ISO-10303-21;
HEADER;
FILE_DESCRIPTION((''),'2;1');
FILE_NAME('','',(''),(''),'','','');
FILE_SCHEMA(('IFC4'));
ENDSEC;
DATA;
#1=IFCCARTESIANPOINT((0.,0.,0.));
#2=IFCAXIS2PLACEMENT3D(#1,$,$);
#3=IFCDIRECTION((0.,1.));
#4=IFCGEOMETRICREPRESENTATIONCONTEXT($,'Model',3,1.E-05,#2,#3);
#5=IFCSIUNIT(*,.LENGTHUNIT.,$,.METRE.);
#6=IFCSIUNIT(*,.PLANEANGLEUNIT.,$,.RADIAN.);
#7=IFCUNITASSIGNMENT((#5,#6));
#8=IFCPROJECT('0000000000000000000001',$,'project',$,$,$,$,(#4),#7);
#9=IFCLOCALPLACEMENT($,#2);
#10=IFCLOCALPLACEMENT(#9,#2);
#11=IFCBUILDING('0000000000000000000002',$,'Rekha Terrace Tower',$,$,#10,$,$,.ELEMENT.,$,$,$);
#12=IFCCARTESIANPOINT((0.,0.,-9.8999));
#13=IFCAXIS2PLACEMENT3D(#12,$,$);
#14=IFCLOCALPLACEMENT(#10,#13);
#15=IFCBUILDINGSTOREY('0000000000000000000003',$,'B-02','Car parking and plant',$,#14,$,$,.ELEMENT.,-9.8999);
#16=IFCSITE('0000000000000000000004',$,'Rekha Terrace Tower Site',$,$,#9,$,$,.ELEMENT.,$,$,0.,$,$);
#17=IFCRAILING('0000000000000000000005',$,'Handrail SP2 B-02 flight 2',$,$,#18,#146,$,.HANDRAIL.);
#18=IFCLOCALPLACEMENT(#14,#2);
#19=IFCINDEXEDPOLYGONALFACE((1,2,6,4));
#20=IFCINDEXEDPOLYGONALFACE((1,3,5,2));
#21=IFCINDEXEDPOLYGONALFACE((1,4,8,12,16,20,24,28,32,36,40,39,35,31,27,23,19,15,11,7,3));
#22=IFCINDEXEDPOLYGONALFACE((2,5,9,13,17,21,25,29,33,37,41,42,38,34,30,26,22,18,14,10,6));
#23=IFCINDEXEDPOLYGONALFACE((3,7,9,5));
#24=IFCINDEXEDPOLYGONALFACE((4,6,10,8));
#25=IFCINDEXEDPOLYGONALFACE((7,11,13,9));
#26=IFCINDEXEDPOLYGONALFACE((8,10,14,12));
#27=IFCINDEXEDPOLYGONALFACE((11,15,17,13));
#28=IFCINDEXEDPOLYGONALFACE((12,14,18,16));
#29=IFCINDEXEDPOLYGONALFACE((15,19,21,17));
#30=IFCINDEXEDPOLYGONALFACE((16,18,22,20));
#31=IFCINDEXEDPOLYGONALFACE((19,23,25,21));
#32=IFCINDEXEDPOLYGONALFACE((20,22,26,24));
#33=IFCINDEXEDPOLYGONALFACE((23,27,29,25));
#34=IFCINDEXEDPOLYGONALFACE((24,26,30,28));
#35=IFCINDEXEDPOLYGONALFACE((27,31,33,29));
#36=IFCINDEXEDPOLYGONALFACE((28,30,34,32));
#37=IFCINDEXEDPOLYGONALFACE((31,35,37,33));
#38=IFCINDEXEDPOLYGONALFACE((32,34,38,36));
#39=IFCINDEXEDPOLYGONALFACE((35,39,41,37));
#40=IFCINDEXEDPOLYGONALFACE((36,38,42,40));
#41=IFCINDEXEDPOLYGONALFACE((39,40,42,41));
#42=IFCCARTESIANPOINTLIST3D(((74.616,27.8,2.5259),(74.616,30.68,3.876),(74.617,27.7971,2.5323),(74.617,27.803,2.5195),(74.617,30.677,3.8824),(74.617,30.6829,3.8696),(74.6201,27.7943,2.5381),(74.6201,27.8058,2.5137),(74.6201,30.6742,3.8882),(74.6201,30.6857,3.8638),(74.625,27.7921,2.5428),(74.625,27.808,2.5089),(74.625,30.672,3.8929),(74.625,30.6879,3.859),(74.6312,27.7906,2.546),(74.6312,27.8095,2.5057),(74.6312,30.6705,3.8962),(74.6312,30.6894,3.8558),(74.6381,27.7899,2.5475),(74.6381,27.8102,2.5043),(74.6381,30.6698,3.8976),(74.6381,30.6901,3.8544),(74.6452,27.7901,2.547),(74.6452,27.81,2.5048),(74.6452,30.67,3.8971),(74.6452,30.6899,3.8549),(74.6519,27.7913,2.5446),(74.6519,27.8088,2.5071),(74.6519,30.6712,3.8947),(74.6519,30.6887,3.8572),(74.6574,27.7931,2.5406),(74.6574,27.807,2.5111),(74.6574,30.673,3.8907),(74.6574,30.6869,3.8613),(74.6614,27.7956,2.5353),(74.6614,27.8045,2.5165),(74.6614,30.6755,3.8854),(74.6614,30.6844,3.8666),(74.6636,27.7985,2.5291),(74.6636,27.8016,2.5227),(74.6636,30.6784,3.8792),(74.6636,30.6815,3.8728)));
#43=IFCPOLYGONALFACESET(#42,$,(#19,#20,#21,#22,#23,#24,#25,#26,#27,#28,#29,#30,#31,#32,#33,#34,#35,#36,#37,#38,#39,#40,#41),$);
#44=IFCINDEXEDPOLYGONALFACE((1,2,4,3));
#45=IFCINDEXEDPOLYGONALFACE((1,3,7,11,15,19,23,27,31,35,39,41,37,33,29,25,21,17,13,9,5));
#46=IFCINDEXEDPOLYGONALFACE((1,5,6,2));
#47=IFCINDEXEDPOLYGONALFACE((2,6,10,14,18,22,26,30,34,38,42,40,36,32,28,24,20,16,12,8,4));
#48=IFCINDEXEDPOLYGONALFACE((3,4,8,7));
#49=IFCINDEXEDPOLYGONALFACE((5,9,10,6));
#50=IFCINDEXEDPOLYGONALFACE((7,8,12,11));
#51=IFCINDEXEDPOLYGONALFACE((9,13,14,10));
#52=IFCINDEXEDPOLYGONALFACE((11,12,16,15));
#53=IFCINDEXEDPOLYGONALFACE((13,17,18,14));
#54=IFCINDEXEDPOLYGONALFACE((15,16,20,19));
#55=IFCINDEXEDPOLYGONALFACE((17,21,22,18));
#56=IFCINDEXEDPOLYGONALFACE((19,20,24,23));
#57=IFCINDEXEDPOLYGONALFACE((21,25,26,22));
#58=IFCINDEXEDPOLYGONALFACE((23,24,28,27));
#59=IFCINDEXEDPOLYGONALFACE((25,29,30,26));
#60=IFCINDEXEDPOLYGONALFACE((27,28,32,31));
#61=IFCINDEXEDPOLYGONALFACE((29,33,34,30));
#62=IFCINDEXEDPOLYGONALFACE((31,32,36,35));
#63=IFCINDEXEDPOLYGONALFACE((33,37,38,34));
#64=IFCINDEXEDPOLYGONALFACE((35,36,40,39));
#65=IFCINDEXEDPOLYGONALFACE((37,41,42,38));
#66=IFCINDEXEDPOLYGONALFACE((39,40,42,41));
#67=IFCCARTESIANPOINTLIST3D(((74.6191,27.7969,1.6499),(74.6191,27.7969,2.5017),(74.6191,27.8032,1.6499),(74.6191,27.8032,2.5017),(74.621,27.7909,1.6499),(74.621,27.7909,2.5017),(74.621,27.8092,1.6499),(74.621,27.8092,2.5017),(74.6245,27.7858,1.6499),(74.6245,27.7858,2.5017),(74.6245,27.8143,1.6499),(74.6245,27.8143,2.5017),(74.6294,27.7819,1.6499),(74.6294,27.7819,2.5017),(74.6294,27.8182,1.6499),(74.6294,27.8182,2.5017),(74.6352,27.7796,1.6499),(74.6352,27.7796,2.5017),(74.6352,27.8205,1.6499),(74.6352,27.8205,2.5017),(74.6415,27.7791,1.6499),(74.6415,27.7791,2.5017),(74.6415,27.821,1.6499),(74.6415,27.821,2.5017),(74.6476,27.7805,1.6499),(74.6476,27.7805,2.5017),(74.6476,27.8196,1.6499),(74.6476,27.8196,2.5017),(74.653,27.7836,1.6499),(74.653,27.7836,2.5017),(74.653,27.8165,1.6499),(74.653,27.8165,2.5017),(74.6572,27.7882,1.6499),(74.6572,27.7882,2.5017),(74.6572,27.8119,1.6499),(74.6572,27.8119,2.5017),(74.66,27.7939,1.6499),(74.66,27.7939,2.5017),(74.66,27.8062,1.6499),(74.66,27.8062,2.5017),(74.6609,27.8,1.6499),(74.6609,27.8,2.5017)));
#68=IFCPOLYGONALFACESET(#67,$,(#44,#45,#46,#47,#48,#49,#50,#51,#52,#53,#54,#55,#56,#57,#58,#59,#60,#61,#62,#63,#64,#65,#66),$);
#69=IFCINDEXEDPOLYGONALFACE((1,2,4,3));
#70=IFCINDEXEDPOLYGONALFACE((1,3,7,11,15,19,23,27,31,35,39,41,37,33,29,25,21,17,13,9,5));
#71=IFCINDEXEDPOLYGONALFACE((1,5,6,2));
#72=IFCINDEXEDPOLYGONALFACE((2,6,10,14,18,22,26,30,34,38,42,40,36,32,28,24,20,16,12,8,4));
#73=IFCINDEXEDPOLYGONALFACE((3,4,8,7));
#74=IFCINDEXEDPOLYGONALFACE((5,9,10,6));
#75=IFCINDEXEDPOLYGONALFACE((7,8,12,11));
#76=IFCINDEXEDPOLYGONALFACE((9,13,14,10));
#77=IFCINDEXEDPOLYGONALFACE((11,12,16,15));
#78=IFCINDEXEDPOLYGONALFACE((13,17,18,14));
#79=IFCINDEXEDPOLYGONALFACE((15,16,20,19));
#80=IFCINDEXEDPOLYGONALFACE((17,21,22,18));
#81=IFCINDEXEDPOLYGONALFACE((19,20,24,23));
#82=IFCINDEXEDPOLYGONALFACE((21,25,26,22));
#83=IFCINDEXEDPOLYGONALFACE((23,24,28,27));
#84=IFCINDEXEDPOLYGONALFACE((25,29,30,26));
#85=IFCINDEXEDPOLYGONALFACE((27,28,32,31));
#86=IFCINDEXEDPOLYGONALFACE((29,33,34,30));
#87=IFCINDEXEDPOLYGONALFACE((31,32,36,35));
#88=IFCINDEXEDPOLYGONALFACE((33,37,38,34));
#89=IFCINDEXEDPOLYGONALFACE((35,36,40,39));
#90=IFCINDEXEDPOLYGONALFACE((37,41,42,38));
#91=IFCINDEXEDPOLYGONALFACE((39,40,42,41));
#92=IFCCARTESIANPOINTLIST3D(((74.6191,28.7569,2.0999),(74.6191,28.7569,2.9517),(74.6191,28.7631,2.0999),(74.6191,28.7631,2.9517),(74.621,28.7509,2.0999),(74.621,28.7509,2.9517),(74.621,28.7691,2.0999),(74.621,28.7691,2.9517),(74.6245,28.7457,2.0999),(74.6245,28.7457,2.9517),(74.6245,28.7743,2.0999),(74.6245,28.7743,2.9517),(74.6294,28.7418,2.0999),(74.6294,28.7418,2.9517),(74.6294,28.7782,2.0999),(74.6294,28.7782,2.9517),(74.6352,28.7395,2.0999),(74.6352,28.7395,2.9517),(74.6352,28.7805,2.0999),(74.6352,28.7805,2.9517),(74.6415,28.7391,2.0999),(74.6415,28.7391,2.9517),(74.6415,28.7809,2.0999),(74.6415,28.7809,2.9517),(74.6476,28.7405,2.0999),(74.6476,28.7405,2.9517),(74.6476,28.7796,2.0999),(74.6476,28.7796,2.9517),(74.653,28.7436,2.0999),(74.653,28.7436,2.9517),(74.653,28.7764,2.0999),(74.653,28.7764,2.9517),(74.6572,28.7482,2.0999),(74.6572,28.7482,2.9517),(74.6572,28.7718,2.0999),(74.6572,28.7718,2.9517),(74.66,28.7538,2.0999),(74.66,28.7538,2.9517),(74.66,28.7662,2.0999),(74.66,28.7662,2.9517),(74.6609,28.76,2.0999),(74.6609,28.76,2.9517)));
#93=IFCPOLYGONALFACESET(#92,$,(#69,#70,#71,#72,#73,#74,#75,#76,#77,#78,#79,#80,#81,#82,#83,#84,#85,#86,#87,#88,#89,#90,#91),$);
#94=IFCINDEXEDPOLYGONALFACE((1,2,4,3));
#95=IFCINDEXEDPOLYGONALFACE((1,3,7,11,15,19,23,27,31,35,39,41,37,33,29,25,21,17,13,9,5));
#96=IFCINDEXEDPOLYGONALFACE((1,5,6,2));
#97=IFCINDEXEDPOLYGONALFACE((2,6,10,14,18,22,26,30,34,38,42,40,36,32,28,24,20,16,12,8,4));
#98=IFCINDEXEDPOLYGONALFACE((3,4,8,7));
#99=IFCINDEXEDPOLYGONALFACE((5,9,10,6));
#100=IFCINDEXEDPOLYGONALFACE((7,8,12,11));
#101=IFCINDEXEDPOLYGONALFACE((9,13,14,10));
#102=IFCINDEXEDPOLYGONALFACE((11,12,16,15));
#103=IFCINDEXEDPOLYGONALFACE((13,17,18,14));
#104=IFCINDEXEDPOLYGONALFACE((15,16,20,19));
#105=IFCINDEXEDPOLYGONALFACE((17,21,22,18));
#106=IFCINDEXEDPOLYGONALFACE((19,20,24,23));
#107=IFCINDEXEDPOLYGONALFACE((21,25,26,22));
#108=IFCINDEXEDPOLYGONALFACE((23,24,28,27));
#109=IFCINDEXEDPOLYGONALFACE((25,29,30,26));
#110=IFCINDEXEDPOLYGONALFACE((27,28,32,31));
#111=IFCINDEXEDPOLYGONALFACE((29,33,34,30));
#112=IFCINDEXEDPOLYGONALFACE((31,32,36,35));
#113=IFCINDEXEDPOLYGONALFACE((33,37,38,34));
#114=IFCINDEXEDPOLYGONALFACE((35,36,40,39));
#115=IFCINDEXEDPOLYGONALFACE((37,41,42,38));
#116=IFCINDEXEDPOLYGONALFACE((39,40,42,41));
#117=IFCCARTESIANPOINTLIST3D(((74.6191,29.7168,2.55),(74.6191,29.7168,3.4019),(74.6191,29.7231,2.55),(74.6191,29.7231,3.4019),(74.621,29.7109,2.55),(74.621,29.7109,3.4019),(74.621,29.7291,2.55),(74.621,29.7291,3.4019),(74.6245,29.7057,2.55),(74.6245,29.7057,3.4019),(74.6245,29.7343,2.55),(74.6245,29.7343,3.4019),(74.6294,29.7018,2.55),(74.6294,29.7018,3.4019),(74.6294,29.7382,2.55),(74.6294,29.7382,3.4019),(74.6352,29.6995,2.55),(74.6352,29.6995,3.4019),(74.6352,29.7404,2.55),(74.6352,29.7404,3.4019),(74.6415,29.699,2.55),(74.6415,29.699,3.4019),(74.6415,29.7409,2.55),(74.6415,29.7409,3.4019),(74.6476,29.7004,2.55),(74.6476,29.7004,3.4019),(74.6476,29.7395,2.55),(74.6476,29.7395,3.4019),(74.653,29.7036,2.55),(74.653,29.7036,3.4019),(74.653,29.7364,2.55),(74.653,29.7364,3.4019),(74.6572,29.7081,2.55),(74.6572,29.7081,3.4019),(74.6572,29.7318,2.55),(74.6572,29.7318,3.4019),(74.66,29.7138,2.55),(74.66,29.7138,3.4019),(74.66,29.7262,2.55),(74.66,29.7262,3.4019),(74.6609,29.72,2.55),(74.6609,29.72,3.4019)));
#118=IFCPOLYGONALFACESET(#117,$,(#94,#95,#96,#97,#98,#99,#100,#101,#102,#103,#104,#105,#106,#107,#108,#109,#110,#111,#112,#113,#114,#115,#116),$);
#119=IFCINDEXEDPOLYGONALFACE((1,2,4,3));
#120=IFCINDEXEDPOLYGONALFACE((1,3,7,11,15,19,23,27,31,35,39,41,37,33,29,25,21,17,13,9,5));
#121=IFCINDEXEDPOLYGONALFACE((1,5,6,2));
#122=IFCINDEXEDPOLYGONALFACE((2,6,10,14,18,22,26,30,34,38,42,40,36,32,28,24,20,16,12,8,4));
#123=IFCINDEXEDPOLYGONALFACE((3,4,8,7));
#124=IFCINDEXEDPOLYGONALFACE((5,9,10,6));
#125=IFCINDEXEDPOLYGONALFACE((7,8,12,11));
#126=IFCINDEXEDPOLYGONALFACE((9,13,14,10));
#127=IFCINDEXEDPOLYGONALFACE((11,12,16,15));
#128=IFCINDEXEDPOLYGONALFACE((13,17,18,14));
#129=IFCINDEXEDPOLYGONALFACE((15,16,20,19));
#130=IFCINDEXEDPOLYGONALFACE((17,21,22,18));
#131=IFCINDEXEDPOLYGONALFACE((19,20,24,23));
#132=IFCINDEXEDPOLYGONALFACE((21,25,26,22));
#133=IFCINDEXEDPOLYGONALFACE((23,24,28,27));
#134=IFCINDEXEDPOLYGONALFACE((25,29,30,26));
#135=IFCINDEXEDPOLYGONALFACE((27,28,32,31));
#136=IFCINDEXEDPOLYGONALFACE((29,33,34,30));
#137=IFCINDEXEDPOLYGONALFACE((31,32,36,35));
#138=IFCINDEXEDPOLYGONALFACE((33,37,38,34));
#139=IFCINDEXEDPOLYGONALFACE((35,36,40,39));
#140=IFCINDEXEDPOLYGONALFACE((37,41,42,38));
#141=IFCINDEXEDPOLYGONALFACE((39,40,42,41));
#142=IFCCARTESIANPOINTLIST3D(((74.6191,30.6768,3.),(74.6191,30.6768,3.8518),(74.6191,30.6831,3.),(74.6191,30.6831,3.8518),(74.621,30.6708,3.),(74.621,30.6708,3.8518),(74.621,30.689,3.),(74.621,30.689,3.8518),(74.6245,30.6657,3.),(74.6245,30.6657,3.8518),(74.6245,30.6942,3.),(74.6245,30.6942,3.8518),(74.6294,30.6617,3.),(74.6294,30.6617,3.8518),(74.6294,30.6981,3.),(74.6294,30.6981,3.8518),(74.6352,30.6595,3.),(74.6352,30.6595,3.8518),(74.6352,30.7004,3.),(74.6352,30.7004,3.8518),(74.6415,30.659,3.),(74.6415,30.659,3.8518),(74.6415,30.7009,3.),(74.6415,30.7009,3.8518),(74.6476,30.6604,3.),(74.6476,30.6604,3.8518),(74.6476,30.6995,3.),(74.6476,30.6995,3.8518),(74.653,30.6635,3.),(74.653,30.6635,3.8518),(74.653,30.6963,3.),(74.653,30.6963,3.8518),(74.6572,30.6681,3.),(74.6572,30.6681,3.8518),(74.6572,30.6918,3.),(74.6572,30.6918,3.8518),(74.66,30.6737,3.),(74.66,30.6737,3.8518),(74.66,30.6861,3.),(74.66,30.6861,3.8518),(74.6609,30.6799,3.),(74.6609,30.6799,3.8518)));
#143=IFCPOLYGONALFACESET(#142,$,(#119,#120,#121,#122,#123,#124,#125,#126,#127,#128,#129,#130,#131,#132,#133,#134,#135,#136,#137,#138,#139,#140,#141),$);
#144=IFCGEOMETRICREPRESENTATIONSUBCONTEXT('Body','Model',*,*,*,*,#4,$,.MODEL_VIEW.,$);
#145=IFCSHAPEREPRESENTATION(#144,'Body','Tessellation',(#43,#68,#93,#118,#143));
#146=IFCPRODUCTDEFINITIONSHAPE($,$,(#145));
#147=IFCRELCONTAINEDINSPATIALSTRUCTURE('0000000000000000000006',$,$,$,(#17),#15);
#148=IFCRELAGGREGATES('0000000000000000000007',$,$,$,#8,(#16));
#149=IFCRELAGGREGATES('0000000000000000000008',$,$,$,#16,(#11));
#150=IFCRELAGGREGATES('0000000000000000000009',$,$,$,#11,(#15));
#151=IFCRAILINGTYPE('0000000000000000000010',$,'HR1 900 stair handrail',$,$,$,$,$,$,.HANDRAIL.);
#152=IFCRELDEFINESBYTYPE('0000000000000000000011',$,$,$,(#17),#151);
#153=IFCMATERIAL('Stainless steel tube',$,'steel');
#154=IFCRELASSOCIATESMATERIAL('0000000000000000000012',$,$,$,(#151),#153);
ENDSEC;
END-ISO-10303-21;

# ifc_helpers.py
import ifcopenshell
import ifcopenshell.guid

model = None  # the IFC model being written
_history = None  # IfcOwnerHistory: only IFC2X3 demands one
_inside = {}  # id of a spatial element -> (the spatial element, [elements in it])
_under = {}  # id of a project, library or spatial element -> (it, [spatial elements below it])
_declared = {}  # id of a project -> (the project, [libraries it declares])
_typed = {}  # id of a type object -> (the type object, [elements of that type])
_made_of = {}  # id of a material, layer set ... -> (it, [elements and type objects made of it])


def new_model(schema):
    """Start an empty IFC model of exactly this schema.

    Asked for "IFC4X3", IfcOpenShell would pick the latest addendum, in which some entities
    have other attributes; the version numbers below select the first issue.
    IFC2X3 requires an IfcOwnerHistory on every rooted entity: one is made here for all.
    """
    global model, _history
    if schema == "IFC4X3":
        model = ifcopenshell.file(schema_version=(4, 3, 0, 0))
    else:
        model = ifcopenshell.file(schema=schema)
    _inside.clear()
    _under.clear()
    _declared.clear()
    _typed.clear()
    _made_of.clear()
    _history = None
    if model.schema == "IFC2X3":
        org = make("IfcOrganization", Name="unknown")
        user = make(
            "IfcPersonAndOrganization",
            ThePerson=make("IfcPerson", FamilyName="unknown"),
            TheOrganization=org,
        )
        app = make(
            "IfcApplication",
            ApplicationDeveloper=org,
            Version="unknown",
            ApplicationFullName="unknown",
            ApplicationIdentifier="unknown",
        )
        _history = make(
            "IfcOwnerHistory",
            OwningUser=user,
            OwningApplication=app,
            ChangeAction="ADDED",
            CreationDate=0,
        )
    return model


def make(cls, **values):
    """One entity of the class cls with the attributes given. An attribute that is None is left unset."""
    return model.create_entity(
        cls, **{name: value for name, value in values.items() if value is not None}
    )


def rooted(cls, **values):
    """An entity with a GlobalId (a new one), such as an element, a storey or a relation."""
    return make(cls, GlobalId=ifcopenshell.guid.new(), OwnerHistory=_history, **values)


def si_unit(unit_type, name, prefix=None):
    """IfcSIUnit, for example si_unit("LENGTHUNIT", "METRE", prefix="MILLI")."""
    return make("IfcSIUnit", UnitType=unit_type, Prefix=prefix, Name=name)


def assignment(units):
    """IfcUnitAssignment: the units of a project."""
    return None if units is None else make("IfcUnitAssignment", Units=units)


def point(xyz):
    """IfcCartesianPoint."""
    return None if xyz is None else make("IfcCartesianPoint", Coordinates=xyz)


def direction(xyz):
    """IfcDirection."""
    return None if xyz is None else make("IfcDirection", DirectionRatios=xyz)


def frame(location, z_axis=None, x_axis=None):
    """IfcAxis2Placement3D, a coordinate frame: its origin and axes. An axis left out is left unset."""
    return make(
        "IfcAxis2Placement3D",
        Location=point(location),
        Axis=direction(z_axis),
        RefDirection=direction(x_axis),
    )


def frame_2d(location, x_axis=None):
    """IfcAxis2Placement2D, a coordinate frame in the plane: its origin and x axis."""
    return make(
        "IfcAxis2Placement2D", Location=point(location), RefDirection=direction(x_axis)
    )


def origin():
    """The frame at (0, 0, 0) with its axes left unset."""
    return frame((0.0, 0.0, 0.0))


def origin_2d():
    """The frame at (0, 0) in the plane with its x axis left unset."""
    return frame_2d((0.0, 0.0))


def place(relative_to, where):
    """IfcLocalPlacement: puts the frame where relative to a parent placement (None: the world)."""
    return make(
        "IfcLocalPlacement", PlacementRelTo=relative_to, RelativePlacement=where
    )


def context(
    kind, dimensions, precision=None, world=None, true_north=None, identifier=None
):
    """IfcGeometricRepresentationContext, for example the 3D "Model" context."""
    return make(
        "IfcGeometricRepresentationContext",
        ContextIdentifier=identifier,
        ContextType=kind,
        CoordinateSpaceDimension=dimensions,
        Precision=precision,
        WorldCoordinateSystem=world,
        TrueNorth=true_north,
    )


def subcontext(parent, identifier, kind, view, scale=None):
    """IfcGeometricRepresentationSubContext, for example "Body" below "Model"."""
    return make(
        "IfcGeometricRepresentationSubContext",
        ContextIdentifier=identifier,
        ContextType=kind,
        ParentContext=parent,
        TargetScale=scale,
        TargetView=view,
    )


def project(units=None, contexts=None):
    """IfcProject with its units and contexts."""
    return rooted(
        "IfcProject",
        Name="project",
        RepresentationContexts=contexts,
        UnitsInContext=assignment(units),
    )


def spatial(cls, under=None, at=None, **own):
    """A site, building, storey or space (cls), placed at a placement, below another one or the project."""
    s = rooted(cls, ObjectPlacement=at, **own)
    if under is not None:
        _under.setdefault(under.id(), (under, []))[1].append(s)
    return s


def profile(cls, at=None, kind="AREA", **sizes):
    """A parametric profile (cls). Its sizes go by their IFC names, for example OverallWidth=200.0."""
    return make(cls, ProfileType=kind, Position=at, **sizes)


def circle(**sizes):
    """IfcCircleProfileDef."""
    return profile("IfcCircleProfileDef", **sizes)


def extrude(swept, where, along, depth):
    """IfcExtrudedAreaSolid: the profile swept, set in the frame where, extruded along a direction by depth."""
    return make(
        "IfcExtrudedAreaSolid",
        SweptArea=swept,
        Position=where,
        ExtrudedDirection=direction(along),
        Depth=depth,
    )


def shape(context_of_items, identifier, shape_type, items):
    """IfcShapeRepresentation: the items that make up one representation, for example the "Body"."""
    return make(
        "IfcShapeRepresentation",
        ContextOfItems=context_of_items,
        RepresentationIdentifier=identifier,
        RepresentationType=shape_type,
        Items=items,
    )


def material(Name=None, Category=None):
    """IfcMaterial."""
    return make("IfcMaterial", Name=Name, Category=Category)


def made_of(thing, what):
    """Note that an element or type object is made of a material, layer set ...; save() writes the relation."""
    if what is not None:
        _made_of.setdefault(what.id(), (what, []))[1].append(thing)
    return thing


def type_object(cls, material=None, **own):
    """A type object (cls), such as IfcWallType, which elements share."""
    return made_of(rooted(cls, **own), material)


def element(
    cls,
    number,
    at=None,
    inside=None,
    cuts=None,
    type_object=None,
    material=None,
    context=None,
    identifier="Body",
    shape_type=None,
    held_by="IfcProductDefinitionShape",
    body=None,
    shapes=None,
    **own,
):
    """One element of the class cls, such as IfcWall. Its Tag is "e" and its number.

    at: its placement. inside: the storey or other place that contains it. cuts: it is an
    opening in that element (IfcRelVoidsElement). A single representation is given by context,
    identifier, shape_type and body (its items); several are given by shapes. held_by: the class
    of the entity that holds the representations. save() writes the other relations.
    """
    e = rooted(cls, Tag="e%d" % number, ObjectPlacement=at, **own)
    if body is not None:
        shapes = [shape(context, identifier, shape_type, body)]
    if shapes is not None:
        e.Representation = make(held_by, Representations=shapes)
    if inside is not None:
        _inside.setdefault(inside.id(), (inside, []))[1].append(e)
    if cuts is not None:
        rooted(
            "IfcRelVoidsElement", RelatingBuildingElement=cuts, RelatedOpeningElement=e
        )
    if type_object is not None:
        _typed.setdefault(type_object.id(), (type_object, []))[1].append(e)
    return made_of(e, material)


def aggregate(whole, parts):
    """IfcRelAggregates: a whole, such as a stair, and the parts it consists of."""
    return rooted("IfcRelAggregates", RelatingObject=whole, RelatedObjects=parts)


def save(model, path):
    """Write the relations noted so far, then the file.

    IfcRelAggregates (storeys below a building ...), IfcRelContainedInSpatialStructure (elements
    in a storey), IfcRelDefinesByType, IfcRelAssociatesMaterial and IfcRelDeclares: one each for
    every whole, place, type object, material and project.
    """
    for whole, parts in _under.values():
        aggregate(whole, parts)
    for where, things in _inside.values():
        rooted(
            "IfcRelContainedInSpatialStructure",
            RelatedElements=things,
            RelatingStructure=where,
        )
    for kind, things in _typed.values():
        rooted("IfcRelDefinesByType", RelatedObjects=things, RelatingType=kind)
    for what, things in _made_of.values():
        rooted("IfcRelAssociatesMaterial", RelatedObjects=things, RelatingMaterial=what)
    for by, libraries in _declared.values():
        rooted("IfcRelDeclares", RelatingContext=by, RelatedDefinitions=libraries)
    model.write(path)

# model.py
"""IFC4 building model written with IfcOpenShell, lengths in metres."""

from ifc_helpers import new_model, si_unit, direction, frame, origin, origin_2d, place, context, subcontext, project, spatial, circle, extrude, material, type_object, element, save


model = new_model("IFC4")

# Units and contexts
model_context = context("Model", 3, precision=1e-05, world=origin(), true_north=direction((0.0, 1.0)))
body_context = subcontext(model_context, "Body", "Model", "MODEL_VIEW")
ifc_project = project(units=[si_unit("LENGTHUNIT", "METRE"), si_unit("PLANEANGLEUNIT", "RADIAN")], contexts=[model_context])

# Site, building, storey
site_placement = place(None, origin())
site = spatial("IfcSite", under=ifc_project, at=site_placement, Name="Rekha Terrace Tower Site", CompositionType="ELEMENT", RefElevation=0.0)
building_placement = place(site_placement, origin())
building = spatial("IfcBuilding", under=site, at=building_placement, Name="Rekha Terrace Tower", CompositionType="ELEMENT")
storey_placement = place(building_placement, frame((0.0, 0.0, -9.8999)))
storey = spatial("IfcBuildingStorey", under=building, at=storey_placement, Name="B-02", Description="Car parking and plant", CompositionType="ELEMENT", Elevation=-9.8999)

# Railing
ifc_material_1 = material(Name="Stainless steel tube", Category="steel")
railing_type_1 = type_object("IfcRailingType", Name="HR1 900 stair handrail", PredefinedType="HANDRAIL", material=ifc_material_1)
railing_1_placement = place(storey_placement, frame((74.6399, 27.8, 1.6499)))
element("IfcRailing", 1, at=railing_1_placement, inside=storey, type_object=railing_type_1, Name="Handrail SP2 B-02 flight 2", PredefinedType="HANDRAIL", context=body_context, shape_type="SweptSolid", body=[
    extrude(circle(Radius=0.0239, at=origin_2d()), frame((0.0, 0.0, 0.876), z_axis=(0.0, 0.90544, 0.424473), x_axis=(-1.0, 0.0, 0.0)), (0.0, 0.0, 1.0), 3.1807),
    extrude(circle(Radius=0.021, at=origin_2d()), origin(), (0.0, 0.0, 1.0), 0.8518),
    extrude(circle(Radius=0.021, at=origin_2d()), frame((0.0, 0.96, 0.45)), (0.0, 0.0, 1.0), 0.8518),
    extrude(circle(Radius=0.021, at=origin_2d()), frame((0.0, 1.9199, 0.9001)), (0.0, 0.0, 1.0), 0.8518),
    extrude(circle(Radius=0.021, at=origin_2d()), frame((0.0, 2.8799, 1.3501)), (0.0, 0.0, 1.0), 0.8518),
])

save(model, "model.ifc")
